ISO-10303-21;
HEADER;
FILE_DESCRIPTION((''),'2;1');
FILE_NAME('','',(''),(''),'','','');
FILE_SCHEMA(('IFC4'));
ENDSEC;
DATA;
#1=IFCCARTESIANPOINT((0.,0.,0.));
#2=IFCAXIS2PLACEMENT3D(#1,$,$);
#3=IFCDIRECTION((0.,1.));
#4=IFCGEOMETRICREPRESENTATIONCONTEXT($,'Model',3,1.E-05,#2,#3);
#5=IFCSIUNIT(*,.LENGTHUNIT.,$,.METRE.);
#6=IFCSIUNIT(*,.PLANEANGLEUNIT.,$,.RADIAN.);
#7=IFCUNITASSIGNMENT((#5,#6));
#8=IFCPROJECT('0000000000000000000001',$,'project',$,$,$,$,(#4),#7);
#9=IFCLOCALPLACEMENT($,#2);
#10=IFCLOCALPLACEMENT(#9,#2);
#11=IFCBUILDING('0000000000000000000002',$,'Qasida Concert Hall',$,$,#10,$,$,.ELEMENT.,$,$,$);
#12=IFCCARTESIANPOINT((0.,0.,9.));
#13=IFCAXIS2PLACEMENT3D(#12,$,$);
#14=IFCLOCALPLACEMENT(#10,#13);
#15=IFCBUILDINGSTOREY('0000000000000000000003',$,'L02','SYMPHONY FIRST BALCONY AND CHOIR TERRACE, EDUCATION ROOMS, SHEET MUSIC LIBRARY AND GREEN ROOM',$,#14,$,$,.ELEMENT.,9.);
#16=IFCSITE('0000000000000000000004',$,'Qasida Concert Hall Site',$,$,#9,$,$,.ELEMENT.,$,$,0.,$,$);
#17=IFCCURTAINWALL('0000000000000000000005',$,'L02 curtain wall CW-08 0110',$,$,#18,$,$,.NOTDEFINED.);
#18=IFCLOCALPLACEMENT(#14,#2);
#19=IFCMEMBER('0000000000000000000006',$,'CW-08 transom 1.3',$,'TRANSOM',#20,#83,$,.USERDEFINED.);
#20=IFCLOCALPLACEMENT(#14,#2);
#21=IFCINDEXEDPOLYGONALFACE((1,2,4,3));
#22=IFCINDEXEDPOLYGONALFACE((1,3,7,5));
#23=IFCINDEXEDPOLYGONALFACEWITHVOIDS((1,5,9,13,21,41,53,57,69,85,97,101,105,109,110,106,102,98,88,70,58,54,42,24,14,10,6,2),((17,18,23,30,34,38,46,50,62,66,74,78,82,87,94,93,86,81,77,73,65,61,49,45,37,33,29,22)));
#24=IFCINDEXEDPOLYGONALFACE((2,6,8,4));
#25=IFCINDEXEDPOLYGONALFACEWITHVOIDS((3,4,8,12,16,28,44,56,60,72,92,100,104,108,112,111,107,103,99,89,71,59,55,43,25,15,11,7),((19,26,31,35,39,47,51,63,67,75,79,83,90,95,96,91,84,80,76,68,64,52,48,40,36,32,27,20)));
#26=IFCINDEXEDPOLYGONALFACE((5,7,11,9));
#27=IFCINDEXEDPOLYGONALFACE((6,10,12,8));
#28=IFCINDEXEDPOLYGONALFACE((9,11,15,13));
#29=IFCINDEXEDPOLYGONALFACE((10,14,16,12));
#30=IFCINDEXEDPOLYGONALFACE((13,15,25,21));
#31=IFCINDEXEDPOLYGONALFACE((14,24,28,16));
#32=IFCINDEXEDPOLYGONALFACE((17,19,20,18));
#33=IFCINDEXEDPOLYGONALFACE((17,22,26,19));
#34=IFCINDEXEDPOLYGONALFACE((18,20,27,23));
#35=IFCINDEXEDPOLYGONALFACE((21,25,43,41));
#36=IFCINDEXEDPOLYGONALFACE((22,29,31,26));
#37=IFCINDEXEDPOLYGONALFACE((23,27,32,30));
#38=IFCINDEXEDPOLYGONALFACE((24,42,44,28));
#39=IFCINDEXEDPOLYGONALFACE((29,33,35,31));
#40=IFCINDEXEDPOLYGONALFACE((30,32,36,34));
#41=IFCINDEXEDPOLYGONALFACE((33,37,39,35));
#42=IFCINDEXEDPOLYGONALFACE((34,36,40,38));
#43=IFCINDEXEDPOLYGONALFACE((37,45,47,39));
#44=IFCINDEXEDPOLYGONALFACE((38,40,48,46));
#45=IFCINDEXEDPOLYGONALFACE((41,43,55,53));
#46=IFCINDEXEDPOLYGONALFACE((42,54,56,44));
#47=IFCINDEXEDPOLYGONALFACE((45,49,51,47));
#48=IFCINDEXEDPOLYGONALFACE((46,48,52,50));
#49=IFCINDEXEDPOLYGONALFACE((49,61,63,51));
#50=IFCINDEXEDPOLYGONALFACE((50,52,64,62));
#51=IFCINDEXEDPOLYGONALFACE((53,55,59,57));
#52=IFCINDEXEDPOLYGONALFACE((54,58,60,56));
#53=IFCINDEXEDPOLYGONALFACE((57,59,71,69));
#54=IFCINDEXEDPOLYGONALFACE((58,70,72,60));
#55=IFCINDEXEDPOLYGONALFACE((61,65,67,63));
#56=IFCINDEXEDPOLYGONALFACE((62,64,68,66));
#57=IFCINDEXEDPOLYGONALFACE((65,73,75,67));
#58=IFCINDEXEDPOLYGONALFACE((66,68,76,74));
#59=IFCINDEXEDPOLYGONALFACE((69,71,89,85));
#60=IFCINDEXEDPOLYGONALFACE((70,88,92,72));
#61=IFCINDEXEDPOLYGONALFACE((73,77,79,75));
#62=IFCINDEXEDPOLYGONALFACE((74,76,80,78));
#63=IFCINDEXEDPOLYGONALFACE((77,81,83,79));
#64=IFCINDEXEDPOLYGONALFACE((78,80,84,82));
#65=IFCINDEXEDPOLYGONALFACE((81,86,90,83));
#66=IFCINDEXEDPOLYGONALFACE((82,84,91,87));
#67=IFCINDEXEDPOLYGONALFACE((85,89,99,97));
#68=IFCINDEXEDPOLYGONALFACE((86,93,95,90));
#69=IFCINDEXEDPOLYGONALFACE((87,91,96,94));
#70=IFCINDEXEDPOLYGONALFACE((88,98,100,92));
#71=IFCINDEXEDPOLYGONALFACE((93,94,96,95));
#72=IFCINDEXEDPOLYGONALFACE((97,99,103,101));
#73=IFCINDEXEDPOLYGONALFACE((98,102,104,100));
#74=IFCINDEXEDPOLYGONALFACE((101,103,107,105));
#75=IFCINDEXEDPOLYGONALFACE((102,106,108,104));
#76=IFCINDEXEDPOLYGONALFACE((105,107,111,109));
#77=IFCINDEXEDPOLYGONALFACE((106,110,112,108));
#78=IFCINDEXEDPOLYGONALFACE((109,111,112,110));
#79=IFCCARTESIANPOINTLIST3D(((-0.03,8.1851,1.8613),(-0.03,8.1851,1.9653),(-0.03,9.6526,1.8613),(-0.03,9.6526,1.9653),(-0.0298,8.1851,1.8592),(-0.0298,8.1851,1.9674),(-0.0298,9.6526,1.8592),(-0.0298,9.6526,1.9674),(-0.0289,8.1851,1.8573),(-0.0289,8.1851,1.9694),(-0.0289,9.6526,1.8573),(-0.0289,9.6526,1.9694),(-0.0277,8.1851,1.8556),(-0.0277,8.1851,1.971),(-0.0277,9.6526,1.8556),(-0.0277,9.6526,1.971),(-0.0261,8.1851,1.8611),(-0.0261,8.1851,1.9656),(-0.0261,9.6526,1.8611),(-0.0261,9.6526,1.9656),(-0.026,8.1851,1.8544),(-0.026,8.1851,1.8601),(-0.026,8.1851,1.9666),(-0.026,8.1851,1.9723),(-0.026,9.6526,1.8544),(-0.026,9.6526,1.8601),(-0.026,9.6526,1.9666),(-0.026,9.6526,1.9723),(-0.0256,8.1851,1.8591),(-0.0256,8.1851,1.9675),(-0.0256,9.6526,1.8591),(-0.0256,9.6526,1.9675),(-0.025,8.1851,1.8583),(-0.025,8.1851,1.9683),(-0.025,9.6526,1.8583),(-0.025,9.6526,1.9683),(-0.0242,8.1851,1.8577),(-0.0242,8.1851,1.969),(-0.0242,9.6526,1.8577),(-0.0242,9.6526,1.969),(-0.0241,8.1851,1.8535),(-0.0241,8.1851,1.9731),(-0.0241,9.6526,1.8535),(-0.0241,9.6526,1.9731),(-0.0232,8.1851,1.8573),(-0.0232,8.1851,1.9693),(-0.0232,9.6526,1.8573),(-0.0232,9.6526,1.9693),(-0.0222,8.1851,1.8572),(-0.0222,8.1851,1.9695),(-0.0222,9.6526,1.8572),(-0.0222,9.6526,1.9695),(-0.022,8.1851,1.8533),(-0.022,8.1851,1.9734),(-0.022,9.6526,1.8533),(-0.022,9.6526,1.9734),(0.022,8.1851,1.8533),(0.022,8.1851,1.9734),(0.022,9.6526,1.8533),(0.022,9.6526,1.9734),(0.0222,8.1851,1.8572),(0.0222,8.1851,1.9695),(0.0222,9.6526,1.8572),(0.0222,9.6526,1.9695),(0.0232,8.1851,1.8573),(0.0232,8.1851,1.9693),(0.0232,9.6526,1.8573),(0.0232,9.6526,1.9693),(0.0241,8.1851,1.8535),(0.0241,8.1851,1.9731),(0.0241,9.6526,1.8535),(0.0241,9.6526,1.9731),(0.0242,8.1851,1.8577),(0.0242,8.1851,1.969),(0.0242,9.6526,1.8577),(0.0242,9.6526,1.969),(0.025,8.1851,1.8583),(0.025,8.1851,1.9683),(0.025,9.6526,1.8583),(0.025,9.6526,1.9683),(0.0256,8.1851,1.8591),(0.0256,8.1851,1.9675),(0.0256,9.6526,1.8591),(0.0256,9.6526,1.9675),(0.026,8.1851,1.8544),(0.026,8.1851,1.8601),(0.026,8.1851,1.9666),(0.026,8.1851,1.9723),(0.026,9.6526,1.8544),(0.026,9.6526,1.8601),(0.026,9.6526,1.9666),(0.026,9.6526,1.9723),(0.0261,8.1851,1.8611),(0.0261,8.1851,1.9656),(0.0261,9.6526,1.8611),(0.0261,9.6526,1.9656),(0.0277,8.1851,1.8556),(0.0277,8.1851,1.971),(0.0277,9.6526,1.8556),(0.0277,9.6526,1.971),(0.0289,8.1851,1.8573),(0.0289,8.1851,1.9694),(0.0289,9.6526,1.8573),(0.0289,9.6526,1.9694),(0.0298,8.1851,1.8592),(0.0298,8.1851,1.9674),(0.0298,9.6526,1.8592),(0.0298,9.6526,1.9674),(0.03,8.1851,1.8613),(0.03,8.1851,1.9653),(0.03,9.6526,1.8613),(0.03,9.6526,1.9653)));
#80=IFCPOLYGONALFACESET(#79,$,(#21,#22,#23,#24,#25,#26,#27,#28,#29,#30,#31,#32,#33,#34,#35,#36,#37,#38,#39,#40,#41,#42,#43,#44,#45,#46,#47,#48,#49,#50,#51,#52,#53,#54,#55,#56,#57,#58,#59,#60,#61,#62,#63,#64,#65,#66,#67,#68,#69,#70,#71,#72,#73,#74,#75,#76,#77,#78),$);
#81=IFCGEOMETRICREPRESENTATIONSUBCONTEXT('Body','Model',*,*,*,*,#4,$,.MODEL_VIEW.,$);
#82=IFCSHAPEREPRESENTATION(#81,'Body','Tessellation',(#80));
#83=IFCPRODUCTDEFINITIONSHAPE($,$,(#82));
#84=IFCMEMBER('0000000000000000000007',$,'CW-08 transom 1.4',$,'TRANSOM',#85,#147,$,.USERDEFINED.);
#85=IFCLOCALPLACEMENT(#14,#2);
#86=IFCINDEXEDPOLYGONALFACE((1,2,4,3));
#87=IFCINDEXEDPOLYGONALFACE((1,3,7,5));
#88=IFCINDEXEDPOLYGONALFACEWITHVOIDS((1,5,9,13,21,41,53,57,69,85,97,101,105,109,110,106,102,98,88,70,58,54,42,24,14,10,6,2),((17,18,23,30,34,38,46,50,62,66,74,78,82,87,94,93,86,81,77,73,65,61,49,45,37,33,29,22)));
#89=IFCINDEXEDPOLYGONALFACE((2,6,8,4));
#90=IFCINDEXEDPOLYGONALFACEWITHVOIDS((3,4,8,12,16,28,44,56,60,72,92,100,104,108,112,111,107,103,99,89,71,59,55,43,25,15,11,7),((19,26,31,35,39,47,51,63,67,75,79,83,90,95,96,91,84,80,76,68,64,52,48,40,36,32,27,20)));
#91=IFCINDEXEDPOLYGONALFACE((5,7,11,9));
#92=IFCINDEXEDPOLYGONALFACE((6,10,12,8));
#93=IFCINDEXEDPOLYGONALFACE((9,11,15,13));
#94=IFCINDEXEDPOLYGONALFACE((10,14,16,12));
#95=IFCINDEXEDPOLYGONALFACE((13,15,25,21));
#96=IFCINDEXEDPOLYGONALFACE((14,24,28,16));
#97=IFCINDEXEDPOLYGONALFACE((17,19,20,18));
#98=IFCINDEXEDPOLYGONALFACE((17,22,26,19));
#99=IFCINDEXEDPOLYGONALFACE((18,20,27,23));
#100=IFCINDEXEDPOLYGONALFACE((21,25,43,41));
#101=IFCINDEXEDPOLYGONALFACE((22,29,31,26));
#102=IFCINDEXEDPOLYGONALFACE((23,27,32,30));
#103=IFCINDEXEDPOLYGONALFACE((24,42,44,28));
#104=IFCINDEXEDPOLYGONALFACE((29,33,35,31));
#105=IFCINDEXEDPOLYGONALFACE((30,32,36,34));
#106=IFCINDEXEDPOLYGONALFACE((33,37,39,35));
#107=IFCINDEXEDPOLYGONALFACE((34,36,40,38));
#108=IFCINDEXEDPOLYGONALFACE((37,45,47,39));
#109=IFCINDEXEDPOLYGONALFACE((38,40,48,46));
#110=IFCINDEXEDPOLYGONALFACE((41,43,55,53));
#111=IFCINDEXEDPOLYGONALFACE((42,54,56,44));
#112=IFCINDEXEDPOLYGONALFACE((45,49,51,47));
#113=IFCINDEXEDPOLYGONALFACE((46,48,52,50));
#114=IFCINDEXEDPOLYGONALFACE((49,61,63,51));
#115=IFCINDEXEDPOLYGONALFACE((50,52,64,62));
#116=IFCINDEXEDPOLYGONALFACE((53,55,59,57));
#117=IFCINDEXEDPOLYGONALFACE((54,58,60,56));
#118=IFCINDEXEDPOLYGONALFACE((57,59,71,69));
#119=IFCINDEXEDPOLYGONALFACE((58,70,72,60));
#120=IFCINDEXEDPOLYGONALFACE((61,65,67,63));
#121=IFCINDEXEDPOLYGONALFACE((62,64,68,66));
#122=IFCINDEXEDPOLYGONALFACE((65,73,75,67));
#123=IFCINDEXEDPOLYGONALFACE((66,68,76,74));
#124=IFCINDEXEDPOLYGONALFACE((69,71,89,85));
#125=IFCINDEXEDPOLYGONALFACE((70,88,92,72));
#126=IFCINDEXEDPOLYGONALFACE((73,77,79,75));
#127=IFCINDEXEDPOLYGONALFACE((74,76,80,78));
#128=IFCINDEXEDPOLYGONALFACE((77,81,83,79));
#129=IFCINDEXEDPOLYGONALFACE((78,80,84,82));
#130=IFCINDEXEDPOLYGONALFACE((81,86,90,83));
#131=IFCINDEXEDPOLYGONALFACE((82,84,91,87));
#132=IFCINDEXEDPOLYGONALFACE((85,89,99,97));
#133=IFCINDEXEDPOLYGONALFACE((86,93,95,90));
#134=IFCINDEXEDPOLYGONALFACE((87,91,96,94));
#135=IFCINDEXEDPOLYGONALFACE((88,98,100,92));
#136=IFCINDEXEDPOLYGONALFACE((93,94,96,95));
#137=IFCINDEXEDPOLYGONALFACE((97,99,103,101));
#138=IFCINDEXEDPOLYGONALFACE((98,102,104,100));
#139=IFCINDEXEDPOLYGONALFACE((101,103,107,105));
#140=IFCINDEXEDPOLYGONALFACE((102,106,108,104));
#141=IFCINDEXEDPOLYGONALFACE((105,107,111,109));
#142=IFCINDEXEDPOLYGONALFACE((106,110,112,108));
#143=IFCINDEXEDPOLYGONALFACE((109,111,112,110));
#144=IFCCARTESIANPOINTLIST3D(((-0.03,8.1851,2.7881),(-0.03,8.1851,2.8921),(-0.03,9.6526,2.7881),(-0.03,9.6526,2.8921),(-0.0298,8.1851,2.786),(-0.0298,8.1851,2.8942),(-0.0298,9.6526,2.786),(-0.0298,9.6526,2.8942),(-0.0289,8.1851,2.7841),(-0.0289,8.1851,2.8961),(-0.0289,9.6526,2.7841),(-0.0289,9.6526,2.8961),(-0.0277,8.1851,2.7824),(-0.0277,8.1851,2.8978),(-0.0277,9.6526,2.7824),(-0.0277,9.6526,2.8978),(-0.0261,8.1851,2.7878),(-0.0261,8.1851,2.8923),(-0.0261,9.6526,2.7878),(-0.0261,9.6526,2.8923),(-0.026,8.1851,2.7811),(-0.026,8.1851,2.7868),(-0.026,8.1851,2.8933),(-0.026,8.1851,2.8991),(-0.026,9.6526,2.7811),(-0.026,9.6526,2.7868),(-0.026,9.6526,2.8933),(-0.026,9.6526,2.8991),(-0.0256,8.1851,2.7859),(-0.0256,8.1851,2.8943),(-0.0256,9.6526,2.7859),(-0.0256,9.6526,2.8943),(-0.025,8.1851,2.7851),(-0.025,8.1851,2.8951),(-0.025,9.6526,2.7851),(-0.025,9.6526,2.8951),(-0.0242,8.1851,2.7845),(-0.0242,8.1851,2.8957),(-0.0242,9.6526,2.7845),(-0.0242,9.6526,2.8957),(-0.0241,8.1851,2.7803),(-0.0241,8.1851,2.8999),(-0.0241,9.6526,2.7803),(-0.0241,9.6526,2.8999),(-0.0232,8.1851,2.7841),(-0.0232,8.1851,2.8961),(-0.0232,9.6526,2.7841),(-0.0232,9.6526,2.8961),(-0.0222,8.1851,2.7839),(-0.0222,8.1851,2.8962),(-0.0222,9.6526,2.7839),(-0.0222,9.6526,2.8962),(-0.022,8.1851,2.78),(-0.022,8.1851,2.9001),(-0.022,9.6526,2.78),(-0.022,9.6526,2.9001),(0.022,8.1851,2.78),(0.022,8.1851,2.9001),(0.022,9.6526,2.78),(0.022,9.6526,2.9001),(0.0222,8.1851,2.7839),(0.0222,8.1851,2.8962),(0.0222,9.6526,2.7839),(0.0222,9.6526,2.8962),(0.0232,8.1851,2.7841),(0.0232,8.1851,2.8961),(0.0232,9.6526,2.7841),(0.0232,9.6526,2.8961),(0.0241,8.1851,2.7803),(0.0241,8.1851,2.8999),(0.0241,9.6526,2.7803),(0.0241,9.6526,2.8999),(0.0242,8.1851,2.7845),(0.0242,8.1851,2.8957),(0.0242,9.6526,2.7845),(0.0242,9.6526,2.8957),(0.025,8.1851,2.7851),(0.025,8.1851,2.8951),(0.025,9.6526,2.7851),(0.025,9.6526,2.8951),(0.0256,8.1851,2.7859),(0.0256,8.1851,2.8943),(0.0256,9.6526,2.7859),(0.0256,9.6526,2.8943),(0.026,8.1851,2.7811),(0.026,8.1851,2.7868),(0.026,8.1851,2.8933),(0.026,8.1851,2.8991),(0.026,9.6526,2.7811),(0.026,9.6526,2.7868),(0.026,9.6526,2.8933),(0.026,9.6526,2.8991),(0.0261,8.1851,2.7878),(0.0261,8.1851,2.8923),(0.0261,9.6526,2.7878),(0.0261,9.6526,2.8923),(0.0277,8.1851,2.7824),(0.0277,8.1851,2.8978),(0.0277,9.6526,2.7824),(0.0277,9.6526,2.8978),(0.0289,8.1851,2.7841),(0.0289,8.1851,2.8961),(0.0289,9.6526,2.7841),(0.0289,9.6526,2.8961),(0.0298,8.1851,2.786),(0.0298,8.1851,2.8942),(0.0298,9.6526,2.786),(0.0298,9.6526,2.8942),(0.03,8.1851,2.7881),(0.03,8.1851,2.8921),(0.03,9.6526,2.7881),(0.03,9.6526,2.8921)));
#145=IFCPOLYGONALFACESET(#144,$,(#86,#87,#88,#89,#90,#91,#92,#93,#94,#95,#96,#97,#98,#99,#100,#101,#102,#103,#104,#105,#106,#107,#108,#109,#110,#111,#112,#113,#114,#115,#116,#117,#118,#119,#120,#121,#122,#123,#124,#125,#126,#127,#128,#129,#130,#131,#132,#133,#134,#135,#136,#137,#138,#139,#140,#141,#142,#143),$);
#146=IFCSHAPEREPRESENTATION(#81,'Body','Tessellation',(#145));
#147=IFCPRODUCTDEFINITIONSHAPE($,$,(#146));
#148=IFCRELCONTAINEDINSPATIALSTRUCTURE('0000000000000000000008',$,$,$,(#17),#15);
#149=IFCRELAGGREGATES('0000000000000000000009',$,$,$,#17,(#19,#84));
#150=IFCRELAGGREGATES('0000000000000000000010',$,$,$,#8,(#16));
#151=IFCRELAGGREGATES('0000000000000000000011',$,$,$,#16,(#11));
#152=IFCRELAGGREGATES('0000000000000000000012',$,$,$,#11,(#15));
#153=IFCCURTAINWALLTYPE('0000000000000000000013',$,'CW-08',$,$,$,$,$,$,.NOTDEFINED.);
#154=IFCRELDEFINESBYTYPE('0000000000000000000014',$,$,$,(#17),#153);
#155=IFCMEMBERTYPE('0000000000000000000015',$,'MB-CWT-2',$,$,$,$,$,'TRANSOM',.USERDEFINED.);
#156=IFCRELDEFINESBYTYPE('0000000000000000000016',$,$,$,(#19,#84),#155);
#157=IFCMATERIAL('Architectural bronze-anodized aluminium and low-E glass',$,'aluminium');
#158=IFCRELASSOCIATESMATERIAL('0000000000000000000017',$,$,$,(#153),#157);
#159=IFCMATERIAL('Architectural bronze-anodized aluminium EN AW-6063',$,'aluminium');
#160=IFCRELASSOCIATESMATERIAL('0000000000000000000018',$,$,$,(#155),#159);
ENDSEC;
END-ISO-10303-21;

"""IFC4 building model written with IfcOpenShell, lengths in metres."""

from ifc_helpers import new_model, si_unit, direction, frame, origin, origin_2d, place, context, subcontext, project, spatial, hollow_rectangle, extrude, material, material_profile, profile_set, type_object, element, aggregate, save


model = new_model("IFC4")

# Units and contexts
model_context = context("Model", 3, precision=1e-05, world=origin(), true_north=direction((0.0, 1.0)))
body_context = subcontext(model_context, "Body", "Model", "MODEL_VIEW")
ifc_project = project(units=[si_unit("LENGTHUNIT", "METRE"), si_unit("PLANEANGLEUNIT", "RADIAN")], contexts=[model_context])

# Site, building, storey
site_placement = place(None, origin())
site = spatial("IfcSite", under=ifc_project, at=site_placement, Name="Qasida Concert Hall Site", CompositionType="ELEMENT", RefElevation=0.0)
building_placement = place(site_placement, origin())
building = spatial("IfcBuilding", under=site, at=building_placement, Name="Qasida Concert Hall", CompositionType="ELEMENT")
storey_placement = place(building_placement, frame((0.0, 0.0, 9.0)))
storey = spatial("IfcBuildingStorey", under=building, at=storey_placement, Name="L02", Description="SYMPHONY FIRST BALCONY AND CHOIR TERRACE, EDUCATION ROOMS, SHEET MUSIC LIBRARY AND GREEN ROOM", CompositionType="ELEMENT", Elevation=9.0)

# Curtain wall, members
ifc_material_1 = material(Name="Architectural bronze-anodized aluminium and low-E glass", Category="aluminium")
curtain_wall_type = type_object("IfcCurtainWallType", Name="CW-08", PredefinedType="NOTDEFINED", material=ifc_material_1)
curtain_wall_placement = place(storey_placement, origin())
curtain_wall = element("IfcCurtainWall", 1, at=curtain_wall_placement, inside=storey, type_object=curtain_wall_type, Name="L02 curtain wall CW-08 0110", PredefinedType="NOTDEFINED")
ifc_material_2 = material(Name="Architectural bronze-anodized aluminium EN AW-6063", Category="aluminium")
ifc_material_profile_1 = material_profile(ifc_material_2, hollow_rectangle(XDim=0.0601, YDim=0.1201, WallThickness=0.0039, InnerFilletRadius=0.0039, OuterFilletRadius=0.0081, at=origin_2d()), Name="CWT 120x60x4")
ifc_profile_set_1 = profile_set([ifc_material_profile_1], Name="Architectural bronze-anodized aluminium EN AW-6063")
member_type_1 = type_object("IfcMemberType", Name="MB-CWT-2", ElementType="TRANSOM", PredefinedType="USERDEFINED", material=ifc_profile_set_1)
member_1_placement = place(storey_placement, frame((0.0, 8.1851, 1.9133), z_axis=(0.0, 1.0, 0.0), x_axis=(-1.0, 0.0, 0.0)))
member_1 = element("IfcMember", 2, at=member_1_placement, type_object=member_type_1, Name="CW-08 transom 1.3", ObjectType="TRANSOM", PredefinedType="USERDEFINED", context=body_context, shape_type="SweptSolid", body=[
    extrude(hollow_rectangle(XDim=0.0601, YDim=0.1201, WallThickness=0.0039, InnerFilletRadius=0.0039, OuterFilletRadius=0.0081, at=origin_2d()), origin(), (0.0, 0.0, 1.0), 1.4675),
])
member_2_placement = place(storey_placement, frame((0.0, 8.1851, 2.8401), z_axis=(0.0, 1.0, 0.0), x_axis=(-1.0, 0.0, 0.0)))
member_2 = element("IfcMember", 3, at=member_2_placement, type_object=member_type_1, Name="CW-08 transom 1.4", ObjectType="TRANSOM", PredefinedType="USERDEFINED", context=body_context, shape_type="SweptSolid", body=[
    extrude(hollow_rectangle(XDim=0.0601, YDim=0.1201, WallThickness=0.0039, InnerFilletRadius=0.0039, OuterFilletRadius=0.0081, at=origin_2d()), origin(), (0.0, 0.0, 1.0), 1.4675),
])
aggregate(curtain_wall, [member_1, member_2])

save(model, "model.ifc")
